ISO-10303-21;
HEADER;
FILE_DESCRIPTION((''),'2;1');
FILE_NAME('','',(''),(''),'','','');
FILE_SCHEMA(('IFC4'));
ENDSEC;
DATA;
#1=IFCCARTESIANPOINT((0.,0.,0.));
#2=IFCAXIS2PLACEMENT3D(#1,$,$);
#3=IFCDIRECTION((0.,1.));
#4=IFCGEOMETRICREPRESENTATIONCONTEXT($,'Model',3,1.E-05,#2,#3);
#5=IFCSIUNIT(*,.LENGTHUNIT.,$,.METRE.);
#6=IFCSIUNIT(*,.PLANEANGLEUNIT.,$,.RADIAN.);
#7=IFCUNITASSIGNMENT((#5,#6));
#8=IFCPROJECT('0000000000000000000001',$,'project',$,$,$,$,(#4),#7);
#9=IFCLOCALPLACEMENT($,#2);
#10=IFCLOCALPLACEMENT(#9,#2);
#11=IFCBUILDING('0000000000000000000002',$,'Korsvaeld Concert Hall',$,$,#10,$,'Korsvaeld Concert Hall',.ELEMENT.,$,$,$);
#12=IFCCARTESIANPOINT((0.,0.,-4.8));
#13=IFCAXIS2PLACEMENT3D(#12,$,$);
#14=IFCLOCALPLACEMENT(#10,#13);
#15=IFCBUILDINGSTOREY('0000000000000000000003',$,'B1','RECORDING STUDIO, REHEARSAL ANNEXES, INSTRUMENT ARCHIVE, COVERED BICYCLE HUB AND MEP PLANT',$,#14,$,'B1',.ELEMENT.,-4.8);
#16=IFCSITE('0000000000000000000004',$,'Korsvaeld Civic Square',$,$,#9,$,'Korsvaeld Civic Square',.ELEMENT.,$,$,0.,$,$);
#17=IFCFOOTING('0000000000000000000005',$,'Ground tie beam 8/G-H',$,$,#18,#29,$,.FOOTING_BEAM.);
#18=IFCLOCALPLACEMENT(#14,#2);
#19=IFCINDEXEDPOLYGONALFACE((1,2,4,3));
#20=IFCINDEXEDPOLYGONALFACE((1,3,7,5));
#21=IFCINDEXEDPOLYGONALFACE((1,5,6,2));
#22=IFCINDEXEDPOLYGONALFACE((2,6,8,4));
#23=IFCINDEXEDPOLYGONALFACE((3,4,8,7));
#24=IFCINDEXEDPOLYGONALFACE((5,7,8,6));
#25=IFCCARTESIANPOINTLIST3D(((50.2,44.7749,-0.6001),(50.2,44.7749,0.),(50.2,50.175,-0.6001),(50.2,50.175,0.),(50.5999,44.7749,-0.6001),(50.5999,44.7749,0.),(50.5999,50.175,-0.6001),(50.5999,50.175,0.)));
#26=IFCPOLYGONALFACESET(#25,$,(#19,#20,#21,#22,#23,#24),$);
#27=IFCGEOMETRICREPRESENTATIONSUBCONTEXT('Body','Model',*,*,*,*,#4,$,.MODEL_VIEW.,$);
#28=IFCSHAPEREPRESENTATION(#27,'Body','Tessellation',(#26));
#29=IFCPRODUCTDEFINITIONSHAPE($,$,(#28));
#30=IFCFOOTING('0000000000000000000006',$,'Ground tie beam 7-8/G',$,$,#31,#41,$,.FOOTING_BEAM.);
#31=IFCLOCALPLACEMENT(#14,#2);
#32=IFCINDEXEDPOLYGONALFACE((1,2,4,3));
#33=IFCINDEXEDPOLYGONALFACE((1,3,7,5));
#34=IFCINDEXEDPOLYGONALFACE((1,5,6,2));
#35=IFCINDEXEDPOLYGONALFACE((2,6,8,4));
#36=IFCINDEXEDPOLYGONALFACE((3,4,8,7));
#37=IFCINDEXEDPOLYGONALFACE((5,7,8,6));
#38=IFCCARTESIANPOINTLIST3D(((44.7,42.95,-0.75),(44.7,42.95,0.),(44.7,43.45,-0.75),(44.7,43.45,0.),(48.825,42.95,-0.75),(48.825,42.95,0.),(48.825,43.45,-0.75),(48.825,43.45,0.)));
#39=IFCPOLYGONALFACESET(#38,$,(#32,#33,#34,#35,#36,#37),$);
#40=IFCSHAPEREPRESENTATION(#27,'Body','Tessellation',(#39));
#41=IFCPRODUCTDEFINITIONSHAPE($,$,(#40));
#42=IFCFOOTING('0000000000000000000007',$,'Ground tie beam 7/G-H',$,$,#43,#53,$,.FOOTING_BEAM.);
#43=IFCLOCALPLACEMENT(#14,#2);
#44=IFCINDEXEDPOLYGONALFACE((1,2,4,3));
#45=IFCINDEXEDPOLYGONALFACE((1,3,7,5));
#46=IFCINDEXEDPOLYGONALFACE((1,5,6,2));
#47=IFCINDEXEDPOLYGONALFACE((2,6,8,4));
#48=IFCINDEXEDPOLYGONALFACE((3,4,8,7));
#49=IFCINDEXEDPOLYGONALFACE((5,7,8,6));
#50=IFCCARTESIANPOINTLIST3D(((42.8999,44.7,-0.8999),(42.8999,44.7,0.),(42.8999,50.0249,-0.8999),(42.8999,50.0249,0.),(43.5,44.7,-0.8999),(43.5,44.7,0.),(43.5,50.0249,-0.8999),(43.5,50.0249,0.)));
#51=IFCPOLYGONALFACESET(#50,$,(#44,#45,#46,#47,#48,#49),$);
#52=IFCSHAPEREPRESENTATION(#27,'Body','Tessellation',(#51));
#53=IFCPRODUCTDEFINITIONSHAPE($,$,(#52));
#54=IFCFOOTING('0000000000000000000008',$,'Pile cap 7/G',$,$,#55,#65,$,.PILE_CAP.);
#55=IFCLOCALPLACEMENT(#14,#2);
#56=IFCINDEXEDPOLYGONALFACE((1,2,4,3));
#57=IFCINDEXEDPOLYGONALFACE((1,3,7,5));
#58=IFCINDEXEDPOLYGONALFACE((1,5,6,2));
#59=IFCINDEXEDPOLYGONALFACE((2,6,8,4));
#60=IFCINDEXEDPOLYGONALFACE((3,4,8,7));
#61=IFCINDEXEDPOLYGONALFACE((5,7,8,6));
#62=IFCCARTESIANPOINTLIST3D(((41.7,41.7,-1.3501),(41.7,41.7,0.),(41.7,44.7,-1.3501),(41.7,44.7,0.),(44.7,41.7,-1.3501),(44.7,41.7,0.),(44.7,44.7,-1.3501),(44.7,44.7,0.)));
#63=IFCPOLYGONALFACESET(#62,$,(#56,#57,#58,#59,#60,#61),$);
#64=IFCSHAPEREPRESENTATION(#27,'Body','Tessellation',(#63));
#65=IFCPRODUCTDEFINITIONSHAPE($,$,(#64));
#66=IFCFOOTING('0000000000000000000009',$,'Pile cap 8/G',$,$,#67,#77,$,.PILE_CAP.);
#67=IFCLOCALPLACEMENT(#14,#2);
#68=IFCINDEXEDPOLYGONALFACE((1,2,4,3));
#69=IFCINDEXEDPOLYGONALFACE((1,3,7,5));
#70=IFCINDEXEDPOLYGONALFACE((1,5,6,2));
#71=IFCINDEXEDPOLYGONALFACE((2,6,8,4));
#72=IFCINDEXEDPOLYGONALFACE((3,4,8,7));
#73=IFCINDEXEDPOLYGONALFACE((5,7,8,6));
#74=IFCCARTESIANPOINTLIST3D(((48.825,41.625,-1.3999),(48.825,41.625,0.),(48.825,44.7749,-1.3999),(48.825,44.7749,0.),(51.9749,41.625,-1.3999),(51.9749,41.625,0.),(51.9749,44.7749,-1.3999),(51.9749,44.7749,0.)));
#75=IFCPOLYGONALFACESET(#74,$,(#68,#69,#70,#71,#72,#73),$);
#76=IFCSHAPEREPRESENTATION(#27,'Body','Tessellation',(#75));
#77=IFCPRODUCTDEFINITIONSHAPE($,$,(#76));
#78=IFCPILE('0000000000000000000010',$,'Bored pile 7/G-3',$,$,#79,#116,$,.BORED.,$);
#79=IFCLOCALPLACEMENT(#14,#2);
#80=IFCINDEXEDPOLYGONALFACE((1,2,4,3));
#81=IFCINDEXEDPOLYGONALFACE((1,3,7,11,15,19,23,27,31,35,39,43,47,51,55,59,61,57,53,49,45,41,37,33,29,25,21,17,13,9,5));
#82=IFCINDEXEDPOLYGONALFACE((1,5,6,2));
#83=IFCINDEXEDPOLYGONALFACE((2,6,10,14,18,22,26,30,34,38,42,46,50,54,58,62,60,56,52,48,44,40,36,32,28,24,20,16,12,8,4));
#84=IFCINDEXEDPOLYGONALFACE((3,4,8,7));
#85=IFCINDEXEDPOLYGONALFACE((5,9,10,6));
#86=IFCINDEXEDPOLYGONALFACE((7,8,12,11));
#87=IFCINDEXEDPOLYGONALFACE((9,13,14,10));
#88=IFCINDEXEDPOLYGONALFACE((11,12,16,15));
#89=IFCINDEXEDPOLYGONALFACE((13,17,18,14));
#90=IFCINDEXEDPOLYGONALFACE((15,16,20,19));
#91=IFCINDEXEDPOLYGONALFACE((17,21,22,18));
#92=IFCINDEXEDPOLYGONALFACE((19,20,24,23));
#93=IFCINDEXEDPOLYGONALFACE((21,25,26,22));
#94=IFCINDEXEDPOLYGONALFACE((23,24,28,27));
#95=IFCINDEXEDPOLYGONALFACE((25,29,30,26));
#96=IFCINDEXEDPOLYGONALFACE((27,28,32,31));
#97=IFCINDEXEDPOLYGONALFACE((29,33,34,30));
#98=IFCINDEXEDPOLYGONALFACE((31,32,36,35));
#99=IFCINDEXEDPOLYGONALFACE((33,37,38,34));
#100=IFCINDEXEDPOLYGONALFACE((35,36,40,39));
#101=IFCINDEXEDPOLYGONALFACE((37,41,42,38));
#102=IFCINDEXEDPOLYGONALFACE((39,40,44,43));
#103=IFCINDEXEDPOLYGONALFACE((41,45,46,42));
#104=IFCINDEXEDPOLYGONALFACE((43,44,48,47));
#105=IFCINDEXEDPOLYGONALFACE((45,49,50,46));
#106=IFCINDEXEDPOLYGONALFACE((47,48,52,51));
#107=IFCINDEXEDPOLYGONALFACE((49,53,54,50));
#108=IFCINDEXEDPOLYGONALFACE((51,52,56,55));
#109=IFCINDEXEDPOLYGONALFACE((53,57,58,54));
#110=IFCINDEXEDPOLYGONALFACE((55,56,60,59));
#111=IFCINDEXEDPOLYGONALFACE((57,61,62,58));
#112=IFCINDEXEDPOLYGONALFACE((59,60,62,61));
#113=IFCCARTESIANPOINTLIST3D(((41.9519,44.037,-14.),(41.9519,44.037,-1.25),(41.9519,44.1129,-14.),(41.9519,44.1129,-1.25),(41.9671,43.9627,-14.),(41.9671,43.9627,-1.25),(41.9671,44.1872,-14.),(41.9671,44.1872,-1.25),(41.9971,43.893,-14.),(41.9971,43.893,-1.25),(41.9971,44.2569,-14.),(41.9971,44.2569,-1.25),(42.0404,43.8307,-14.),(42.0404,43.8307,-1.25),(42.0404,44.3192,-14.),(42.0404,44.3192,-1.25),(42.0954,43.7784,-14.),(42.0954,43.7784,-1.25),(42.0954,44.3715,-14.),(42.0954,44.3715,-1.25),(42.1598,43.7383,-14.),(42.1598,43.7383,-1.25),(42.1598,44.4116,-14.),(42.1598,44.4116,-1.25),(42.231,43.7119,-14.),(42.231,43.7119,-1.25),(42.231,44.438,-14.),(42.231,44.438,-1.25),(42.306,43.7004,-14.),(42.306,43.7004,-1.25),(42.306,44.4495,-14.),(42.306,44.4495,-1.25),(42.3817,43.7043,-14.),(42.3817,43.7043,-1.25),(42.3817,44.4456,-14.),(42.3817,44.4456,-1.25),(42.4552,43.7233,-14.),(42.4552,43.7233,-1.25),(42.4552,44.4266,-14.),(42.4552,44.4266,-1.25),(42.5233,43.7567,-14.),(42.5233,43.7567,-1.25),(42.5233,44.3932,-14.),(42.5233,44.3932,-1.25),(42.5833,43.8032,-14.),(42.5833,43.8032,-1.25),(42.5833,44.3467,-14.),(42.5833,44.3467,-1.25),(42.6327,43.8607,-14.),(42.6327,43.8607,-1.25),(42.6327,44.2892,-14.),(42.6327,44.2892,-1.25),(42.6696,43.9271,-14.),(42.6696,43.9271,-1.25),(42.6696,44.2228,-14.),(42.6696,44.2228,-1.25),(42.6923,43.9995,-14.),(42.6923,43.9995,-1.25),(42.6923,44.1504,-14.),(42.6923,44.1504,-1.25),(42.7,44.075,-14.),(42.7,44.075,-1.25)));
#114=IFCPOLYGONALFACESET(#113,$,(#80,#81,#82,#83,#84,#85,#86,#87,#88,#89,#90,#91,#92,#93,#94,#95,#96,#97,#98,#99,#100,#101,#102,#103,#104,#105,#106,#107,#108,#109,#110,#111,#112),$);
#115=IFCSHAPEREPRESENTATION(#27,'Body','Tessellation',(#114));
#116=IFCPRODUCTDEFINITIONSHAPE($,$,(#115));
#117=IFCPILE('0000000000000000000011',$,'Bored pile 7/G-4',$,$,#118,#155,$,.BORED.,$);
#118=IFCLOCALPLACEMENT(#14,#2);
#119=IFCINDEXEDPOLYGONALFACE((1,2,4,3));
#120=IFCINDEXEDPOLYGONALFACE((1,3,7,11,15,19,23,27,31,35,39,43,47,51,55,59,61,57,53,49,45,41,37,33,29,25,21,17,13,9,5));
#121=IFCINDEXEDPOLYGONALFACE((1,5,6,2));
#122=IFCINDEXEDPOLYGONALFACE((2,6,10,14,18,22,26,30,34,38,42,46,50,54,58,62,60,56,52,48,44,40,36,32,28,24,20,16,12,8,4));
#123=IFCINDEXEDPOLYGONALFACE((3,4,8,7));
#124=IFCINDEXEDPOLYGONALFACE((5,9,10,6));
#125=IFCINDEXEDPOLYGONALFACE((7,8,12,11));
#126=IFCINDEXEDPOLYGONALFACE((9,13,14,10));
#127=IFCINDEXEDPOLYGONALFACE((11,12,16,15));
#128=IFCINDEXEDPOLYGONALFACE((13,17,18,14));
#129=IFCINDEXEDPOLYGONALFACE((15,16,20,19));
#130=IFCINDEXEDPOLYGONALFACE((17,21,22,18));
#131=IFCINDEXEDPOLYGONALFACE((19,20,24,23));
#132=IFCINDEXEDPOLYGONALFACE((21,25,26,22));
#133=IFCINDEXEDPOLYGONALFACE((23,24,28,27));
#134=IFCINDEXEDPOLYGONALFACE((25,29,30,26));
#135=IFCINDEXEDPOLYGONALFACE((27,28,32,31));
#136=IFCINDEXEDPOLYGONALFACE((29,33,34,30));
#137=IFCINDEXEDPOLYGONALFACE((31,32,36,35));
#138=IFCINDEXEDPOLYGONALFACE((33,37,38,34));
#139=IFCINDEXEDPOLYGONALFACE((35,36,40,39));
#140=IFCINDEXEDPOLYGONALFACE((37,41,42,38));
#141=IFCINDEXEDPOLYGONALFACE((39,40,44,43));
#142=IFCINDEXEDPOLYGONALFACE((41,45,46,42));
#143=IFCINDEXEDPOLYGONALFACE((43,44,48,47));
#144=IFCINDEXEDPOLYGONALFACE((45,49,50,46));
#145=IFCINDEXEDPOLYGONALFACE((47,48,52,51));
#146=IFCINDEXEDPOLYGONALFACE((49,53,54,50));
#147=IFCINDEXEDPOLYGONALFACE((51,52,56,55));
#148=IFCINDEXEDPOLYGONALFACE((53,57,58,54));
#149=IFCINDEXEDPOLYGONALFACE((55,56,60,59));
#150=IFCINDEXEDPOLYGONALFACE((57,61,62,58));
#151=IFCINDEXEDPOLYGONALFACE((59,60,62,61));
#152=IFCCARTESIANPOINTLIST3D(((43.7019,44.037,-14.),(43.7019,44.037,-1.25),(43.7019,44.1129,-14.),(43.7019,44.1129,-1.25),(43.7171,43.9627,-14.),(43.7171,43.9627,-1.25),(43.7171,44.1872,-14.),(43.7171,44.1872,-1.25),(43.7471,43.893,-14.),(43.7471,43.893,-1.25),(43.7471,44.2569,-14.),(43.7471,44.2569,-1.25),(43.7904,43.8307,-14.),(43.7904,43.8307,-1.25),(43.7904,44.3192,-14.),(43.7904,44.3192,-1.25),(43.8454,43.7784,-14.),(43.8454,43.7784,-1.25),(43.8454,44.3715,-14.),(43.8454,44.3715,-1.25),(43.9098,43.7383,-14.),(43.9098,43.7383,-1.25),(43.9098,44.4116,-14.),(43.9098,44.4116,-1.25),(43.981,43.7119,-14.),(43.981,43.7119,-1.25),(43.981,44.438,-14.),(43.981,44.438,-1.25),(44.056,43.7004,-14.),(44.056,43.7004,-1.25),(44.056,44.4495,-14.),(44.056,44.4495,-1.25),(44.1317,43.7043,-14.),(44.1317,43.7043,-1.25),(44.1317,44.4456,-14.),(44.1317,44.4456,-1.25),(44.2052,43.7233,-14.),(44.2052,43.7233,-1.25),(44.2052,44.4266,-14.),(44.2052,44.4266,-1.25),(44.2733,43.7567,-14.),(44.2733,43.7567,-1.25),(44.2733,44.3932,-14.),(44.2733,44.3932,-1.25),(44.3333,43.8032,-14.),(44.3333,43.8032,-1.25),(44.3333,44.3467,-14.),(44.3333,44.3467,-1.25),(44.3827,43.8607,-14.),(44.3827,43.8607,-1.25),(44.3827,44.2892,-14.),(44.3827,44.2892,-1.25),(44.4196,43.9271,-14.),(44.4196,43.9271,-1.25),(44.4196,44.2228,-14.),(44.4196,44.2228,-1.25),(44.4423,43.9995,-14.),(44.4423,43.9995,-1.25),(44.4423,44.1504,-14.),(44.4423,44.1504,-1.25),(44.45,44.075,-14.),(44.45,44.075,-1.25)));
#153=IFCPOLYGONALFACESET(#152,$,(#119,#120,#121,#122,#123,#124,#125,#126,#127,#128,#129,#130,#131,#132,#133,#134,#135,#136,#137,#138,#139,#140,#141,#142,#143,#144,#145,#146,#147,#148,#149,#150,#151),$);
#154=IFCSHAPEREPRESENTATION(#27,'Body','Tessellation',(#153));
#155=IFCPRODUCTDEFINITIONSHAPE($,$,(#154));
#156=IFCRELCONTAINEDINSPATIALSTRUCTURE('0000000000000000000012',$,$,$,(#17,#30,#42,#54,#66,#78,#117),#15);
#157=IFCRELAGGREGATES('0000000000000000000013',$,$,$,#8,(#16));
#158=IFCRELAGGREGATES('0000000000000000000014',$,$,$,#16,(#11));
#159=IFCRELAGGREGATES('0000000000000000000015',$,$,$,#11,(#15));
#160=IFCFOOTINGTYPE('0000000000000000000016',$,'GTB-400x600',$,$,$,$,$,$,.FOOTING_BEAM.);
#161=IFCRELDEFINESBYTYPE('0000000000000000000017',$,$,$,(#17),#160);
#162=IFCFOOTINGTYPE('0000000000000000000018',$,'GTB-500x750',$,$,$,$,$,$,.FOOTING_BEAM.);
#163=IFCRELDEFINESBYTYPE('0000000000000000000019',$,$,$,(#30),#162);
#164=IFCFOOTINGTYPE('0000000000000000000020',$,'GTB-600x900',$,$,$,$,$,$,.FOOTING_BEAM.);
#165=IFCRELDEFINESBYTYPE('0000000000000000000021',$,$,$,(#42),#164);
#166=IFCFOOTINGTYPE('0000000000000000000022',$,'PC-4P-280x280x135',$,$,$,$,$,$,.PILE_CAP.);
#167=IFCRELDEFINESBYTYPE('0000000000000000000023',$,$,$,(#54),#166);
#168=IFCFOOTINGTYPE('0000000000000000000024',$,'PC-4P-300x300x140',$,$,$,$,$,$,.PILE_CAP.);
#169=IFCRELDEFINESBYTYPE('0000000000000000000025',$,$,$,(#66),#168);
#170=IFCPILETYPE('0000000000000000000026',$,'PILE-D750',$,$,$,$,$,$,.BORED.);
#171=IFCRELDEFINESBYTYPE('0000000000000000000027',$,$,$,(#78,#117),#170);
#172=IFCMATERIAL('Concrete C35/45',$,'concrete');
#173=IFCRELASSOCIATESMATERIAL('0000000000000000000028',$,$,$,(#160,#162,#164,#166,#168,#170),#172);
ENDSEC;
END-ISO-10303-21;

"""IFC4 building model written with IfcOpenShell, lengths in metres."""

from ifc_helpers import new_model, si_unit, direction, frame, origin, origin_2d, place, context, subcontext, project, spatial, rectangle, circle, extrude, material, material_profile, profile_set, type_object, element, save


model = new_model("IFC4")

# Units and contexts
model_context = context("Model", 3, precision=1e-05, world=origin(), true_north=direction((0.0, 1.0)))
body_context = subcontext(model_context, "Body", "Model", "MODEL_VIEW")
ifc_project = project(units=[si_unit("LENGTHUNIT", "METRE"), si_unit("PLANEANGLEUNIT", "RADIAN")], contexts=[model_context])

# Site, building, storey
site_placement = place(None, origin())
site = spatial("IfcSite", under=ifc_project, at=site_placement, Name="Korsvaeld Civic Square", LongName="Korsvaeld Civic Square", CompositionType="ELEMENT", RefElevation=0.0)
building_placement = place(site_placement, origin())
building = spatial("IfcBuilding", under=site, at=building_placement, Name="Korsvaeld Concert Hall", LongName="Korsvaeld Concert Hall", CompositionType="ELEMENT")
storey_placement = place(building_placement, frame((0.0, 0.0, -4.8)))
storey = spatial("IfcBuildingStorey", under=building, at=storey_placement, Name="B1", Description="RECORDING STUDIO, REHEARSAL ANNEXES, INSTRUMENT ARCHIVE, COVERED BICYCLE HUB AND MEP PLANT", LongName="B1", CompositionType="ELEMENT", Elevation=-4.8)

# Footings
ifc_material_1 = material(Name="Concrete C35/45", Category="concrete")
ifc_material_profile_1 = material_profile(ifc_material_1, rectangle(XDim=0.3999, YDim=0.6001, at=origin_2d()), Name="GTB 400x600")
ifc_profile_set_1 = profile_set([ifc_material_profile_1], Name="Concrete C35/45")
footing_type_1 = type_object("IfcFootingType", Name="GTB-400x600", PredefinedType="FOOTING_BEAM", material=ifc_profile_set_1)
footing_1_placement = place(storey_placement, frame((50.3999, 44.7749, -0.3), z_axis=(0.0, 1.0, 0.0), x_axis=(-1.0, 0.0, 0.0)))
element("IfcFooting", 1, at=footing_1_placement, inside=storey, type_object=footing_type_1, Name="Ground tie beam 8/G-H", PredefinedType="FOOTING_BEAM", context=body_context, shape_type="SweptSolid", body=[
    extrude(rectangle(XDim=0.3999, YDim=0.6001, at=origin_2d()), origin(), (0.0, 0.0, 1.0), 5.4001),
])
ifc_material_profile_2 = material_profile(ifc_material_1, rectangle(XDim=0.5, YDim=0.75, at=origin_2d()), Name="GTB 500x750")
ifc_profile_set_2 = profile_set([ifc_material_profile_2], Name="Concrete C35/45")
footing_type_2 = type_object("IfcFootingType", Name="GTB-500x750", PredefinedType="FOOTING_BEAM", material=ifc_profile_set_2)
footing_2_placement = place(storey_placement, frame((44.7, 43.2, -0.375), z_axis=(1.0, 0.0, 0.0), x_axis=(0.0, 1.0, 0.0)))
element("IfcFooting", 2, at=footing_2_placement, inside=storey, type_object=footing_type_2, Name="Ground tie beam 7-8/G", PredefinedType="FOOTING_BEAM", context=body_context, shape_type="SweptSolid", body=[
    extrude(rectangle(XDim=0.5, YDim=0.75, at=origin_2d()), origin(), (0.0, 0.0, 1.0), 4.125),
])
ifc_material_profile_3 = material_profile(ifc_material_1, rectangle(XDim=0.6001, YDim=0.8999, at=origin_2d()), Name="GTB 600x900")
ifc_profile_set_3 = profile_set([ifc_material_profile_3], Name="Concrete C35/45")
footing_type_3 = type_object("IfcFootingType", Name="GTB-600x900", PredefinedType="FOOTING_BEAM", material=ifc_profile_set_3)
footing_3_placement = place(storey_placement, frame((43.2, 44.7, -0.45), z_axis=(0.0, 1.0, 0.0), x_axis=(-1.0, 0.0, 0.0)))
element("IfcFooting", 3, at=footing_3_placement, inside=storey, type_object=footing_type_3, Name="Ground tie beam 7/G-H", PredefinedType="FOOTING_BEAM", context=body_context, shape_type="SweptSolid", body=[
    extrude(rectangle(XDim=0.6001, YDim=0.8999, at=origin_2d()), origin(), (0.0, 0.0, 1.0), 5.325),
])
footing_type_4 = type_object("IfcFootingType", Name="PC-4P-280x280x135", PredefinedType="PILE_CAP", material=ifc_material_1)
footing_4_placement = place(storey_placement, frame((43.2, 43.2, -1.3501), z_axis=(0.0, 0.0, 1.0), x_axis=(1.0, 0.0, 0.0)))
element("IfcFooting", 4, at=footing_4_placement, inside=storey, type_object=footing_type_4, Name="Pile cap 7/G", PredefinedType="PILE_CAP", context=body_context, shape_type="SweptSolid", body=[
    extrude(rectangle(XDim=3.0, YDim=3.0, at=origin_2d()), origin(), (0.0, 0.0, 1.0), 1.3501),
])
footing_type_5 = type_object("IfcFootingType", Name="PC-4P-300x300x140", PredefinedType="PILE_CAP", material=ifc_material_1)
footing_5_placement = place(storey_placement, frame((50.3999, 43.2, -1.3999), z_axis=(0.0, 0.0, 1.0), x_axis=(1.0, 0.0, 0.0)))
element("IfcFooting", 5, at=footing_5_placement, inside=storey, type_object=footing_type_5, Name="Pile cap 8/G", PredefinedType="PILE_CAP", context=body_context, shape_type="SweptSolid", body=[
    extrude(rectangle(XDim=3.1499, YDim=3.1499, at=origin_2d()), origin(), (0.0, 0.0, 1.0), 1.3999),
])

# Piles
ifc_material_profile_4 = material_profile(ifc_material_1, circle(Radius=0.375, at=origin_2d()), Name="BORED PILE D750")
ifc_profile_set_4 = profile_set([ifc_material_profile_4], Name="Concrete C35/45")
pile_type_1 = type_object("IfcPileType", Name="PILE-D750", PredefinedType="BORED", material=ifc_profile_set_4)
for number, where, z_axis, x_axis, name in (
    (6, (42.325, 44.075, -1.25), (0.0, 0.0, -1.0), (1.0, 0.0, 0.0), "Bored pile 7/G-3"),
    (7, (44.075, 44.075, -1.25), (0.0, 0.0, -1.0), (1.0, 0.0, 0.0), "Bored pile 7/G-4"),
):
    element("IfcPile", number, at=place(storey_placement, frame(where, z_axis=z_axis, x_axis=x_axis)), inside=storey, type_object=pile_type_1, Name=name, PredefinedType="BORED", context=body_context, shape_type="SweptSolid", body=[
        extrude(circle(Radius=0.375, at=origin_2d()), origin(), (0.0, 0.0, 1.0), 12.75),
    ])

save(model, "model.ifc")
